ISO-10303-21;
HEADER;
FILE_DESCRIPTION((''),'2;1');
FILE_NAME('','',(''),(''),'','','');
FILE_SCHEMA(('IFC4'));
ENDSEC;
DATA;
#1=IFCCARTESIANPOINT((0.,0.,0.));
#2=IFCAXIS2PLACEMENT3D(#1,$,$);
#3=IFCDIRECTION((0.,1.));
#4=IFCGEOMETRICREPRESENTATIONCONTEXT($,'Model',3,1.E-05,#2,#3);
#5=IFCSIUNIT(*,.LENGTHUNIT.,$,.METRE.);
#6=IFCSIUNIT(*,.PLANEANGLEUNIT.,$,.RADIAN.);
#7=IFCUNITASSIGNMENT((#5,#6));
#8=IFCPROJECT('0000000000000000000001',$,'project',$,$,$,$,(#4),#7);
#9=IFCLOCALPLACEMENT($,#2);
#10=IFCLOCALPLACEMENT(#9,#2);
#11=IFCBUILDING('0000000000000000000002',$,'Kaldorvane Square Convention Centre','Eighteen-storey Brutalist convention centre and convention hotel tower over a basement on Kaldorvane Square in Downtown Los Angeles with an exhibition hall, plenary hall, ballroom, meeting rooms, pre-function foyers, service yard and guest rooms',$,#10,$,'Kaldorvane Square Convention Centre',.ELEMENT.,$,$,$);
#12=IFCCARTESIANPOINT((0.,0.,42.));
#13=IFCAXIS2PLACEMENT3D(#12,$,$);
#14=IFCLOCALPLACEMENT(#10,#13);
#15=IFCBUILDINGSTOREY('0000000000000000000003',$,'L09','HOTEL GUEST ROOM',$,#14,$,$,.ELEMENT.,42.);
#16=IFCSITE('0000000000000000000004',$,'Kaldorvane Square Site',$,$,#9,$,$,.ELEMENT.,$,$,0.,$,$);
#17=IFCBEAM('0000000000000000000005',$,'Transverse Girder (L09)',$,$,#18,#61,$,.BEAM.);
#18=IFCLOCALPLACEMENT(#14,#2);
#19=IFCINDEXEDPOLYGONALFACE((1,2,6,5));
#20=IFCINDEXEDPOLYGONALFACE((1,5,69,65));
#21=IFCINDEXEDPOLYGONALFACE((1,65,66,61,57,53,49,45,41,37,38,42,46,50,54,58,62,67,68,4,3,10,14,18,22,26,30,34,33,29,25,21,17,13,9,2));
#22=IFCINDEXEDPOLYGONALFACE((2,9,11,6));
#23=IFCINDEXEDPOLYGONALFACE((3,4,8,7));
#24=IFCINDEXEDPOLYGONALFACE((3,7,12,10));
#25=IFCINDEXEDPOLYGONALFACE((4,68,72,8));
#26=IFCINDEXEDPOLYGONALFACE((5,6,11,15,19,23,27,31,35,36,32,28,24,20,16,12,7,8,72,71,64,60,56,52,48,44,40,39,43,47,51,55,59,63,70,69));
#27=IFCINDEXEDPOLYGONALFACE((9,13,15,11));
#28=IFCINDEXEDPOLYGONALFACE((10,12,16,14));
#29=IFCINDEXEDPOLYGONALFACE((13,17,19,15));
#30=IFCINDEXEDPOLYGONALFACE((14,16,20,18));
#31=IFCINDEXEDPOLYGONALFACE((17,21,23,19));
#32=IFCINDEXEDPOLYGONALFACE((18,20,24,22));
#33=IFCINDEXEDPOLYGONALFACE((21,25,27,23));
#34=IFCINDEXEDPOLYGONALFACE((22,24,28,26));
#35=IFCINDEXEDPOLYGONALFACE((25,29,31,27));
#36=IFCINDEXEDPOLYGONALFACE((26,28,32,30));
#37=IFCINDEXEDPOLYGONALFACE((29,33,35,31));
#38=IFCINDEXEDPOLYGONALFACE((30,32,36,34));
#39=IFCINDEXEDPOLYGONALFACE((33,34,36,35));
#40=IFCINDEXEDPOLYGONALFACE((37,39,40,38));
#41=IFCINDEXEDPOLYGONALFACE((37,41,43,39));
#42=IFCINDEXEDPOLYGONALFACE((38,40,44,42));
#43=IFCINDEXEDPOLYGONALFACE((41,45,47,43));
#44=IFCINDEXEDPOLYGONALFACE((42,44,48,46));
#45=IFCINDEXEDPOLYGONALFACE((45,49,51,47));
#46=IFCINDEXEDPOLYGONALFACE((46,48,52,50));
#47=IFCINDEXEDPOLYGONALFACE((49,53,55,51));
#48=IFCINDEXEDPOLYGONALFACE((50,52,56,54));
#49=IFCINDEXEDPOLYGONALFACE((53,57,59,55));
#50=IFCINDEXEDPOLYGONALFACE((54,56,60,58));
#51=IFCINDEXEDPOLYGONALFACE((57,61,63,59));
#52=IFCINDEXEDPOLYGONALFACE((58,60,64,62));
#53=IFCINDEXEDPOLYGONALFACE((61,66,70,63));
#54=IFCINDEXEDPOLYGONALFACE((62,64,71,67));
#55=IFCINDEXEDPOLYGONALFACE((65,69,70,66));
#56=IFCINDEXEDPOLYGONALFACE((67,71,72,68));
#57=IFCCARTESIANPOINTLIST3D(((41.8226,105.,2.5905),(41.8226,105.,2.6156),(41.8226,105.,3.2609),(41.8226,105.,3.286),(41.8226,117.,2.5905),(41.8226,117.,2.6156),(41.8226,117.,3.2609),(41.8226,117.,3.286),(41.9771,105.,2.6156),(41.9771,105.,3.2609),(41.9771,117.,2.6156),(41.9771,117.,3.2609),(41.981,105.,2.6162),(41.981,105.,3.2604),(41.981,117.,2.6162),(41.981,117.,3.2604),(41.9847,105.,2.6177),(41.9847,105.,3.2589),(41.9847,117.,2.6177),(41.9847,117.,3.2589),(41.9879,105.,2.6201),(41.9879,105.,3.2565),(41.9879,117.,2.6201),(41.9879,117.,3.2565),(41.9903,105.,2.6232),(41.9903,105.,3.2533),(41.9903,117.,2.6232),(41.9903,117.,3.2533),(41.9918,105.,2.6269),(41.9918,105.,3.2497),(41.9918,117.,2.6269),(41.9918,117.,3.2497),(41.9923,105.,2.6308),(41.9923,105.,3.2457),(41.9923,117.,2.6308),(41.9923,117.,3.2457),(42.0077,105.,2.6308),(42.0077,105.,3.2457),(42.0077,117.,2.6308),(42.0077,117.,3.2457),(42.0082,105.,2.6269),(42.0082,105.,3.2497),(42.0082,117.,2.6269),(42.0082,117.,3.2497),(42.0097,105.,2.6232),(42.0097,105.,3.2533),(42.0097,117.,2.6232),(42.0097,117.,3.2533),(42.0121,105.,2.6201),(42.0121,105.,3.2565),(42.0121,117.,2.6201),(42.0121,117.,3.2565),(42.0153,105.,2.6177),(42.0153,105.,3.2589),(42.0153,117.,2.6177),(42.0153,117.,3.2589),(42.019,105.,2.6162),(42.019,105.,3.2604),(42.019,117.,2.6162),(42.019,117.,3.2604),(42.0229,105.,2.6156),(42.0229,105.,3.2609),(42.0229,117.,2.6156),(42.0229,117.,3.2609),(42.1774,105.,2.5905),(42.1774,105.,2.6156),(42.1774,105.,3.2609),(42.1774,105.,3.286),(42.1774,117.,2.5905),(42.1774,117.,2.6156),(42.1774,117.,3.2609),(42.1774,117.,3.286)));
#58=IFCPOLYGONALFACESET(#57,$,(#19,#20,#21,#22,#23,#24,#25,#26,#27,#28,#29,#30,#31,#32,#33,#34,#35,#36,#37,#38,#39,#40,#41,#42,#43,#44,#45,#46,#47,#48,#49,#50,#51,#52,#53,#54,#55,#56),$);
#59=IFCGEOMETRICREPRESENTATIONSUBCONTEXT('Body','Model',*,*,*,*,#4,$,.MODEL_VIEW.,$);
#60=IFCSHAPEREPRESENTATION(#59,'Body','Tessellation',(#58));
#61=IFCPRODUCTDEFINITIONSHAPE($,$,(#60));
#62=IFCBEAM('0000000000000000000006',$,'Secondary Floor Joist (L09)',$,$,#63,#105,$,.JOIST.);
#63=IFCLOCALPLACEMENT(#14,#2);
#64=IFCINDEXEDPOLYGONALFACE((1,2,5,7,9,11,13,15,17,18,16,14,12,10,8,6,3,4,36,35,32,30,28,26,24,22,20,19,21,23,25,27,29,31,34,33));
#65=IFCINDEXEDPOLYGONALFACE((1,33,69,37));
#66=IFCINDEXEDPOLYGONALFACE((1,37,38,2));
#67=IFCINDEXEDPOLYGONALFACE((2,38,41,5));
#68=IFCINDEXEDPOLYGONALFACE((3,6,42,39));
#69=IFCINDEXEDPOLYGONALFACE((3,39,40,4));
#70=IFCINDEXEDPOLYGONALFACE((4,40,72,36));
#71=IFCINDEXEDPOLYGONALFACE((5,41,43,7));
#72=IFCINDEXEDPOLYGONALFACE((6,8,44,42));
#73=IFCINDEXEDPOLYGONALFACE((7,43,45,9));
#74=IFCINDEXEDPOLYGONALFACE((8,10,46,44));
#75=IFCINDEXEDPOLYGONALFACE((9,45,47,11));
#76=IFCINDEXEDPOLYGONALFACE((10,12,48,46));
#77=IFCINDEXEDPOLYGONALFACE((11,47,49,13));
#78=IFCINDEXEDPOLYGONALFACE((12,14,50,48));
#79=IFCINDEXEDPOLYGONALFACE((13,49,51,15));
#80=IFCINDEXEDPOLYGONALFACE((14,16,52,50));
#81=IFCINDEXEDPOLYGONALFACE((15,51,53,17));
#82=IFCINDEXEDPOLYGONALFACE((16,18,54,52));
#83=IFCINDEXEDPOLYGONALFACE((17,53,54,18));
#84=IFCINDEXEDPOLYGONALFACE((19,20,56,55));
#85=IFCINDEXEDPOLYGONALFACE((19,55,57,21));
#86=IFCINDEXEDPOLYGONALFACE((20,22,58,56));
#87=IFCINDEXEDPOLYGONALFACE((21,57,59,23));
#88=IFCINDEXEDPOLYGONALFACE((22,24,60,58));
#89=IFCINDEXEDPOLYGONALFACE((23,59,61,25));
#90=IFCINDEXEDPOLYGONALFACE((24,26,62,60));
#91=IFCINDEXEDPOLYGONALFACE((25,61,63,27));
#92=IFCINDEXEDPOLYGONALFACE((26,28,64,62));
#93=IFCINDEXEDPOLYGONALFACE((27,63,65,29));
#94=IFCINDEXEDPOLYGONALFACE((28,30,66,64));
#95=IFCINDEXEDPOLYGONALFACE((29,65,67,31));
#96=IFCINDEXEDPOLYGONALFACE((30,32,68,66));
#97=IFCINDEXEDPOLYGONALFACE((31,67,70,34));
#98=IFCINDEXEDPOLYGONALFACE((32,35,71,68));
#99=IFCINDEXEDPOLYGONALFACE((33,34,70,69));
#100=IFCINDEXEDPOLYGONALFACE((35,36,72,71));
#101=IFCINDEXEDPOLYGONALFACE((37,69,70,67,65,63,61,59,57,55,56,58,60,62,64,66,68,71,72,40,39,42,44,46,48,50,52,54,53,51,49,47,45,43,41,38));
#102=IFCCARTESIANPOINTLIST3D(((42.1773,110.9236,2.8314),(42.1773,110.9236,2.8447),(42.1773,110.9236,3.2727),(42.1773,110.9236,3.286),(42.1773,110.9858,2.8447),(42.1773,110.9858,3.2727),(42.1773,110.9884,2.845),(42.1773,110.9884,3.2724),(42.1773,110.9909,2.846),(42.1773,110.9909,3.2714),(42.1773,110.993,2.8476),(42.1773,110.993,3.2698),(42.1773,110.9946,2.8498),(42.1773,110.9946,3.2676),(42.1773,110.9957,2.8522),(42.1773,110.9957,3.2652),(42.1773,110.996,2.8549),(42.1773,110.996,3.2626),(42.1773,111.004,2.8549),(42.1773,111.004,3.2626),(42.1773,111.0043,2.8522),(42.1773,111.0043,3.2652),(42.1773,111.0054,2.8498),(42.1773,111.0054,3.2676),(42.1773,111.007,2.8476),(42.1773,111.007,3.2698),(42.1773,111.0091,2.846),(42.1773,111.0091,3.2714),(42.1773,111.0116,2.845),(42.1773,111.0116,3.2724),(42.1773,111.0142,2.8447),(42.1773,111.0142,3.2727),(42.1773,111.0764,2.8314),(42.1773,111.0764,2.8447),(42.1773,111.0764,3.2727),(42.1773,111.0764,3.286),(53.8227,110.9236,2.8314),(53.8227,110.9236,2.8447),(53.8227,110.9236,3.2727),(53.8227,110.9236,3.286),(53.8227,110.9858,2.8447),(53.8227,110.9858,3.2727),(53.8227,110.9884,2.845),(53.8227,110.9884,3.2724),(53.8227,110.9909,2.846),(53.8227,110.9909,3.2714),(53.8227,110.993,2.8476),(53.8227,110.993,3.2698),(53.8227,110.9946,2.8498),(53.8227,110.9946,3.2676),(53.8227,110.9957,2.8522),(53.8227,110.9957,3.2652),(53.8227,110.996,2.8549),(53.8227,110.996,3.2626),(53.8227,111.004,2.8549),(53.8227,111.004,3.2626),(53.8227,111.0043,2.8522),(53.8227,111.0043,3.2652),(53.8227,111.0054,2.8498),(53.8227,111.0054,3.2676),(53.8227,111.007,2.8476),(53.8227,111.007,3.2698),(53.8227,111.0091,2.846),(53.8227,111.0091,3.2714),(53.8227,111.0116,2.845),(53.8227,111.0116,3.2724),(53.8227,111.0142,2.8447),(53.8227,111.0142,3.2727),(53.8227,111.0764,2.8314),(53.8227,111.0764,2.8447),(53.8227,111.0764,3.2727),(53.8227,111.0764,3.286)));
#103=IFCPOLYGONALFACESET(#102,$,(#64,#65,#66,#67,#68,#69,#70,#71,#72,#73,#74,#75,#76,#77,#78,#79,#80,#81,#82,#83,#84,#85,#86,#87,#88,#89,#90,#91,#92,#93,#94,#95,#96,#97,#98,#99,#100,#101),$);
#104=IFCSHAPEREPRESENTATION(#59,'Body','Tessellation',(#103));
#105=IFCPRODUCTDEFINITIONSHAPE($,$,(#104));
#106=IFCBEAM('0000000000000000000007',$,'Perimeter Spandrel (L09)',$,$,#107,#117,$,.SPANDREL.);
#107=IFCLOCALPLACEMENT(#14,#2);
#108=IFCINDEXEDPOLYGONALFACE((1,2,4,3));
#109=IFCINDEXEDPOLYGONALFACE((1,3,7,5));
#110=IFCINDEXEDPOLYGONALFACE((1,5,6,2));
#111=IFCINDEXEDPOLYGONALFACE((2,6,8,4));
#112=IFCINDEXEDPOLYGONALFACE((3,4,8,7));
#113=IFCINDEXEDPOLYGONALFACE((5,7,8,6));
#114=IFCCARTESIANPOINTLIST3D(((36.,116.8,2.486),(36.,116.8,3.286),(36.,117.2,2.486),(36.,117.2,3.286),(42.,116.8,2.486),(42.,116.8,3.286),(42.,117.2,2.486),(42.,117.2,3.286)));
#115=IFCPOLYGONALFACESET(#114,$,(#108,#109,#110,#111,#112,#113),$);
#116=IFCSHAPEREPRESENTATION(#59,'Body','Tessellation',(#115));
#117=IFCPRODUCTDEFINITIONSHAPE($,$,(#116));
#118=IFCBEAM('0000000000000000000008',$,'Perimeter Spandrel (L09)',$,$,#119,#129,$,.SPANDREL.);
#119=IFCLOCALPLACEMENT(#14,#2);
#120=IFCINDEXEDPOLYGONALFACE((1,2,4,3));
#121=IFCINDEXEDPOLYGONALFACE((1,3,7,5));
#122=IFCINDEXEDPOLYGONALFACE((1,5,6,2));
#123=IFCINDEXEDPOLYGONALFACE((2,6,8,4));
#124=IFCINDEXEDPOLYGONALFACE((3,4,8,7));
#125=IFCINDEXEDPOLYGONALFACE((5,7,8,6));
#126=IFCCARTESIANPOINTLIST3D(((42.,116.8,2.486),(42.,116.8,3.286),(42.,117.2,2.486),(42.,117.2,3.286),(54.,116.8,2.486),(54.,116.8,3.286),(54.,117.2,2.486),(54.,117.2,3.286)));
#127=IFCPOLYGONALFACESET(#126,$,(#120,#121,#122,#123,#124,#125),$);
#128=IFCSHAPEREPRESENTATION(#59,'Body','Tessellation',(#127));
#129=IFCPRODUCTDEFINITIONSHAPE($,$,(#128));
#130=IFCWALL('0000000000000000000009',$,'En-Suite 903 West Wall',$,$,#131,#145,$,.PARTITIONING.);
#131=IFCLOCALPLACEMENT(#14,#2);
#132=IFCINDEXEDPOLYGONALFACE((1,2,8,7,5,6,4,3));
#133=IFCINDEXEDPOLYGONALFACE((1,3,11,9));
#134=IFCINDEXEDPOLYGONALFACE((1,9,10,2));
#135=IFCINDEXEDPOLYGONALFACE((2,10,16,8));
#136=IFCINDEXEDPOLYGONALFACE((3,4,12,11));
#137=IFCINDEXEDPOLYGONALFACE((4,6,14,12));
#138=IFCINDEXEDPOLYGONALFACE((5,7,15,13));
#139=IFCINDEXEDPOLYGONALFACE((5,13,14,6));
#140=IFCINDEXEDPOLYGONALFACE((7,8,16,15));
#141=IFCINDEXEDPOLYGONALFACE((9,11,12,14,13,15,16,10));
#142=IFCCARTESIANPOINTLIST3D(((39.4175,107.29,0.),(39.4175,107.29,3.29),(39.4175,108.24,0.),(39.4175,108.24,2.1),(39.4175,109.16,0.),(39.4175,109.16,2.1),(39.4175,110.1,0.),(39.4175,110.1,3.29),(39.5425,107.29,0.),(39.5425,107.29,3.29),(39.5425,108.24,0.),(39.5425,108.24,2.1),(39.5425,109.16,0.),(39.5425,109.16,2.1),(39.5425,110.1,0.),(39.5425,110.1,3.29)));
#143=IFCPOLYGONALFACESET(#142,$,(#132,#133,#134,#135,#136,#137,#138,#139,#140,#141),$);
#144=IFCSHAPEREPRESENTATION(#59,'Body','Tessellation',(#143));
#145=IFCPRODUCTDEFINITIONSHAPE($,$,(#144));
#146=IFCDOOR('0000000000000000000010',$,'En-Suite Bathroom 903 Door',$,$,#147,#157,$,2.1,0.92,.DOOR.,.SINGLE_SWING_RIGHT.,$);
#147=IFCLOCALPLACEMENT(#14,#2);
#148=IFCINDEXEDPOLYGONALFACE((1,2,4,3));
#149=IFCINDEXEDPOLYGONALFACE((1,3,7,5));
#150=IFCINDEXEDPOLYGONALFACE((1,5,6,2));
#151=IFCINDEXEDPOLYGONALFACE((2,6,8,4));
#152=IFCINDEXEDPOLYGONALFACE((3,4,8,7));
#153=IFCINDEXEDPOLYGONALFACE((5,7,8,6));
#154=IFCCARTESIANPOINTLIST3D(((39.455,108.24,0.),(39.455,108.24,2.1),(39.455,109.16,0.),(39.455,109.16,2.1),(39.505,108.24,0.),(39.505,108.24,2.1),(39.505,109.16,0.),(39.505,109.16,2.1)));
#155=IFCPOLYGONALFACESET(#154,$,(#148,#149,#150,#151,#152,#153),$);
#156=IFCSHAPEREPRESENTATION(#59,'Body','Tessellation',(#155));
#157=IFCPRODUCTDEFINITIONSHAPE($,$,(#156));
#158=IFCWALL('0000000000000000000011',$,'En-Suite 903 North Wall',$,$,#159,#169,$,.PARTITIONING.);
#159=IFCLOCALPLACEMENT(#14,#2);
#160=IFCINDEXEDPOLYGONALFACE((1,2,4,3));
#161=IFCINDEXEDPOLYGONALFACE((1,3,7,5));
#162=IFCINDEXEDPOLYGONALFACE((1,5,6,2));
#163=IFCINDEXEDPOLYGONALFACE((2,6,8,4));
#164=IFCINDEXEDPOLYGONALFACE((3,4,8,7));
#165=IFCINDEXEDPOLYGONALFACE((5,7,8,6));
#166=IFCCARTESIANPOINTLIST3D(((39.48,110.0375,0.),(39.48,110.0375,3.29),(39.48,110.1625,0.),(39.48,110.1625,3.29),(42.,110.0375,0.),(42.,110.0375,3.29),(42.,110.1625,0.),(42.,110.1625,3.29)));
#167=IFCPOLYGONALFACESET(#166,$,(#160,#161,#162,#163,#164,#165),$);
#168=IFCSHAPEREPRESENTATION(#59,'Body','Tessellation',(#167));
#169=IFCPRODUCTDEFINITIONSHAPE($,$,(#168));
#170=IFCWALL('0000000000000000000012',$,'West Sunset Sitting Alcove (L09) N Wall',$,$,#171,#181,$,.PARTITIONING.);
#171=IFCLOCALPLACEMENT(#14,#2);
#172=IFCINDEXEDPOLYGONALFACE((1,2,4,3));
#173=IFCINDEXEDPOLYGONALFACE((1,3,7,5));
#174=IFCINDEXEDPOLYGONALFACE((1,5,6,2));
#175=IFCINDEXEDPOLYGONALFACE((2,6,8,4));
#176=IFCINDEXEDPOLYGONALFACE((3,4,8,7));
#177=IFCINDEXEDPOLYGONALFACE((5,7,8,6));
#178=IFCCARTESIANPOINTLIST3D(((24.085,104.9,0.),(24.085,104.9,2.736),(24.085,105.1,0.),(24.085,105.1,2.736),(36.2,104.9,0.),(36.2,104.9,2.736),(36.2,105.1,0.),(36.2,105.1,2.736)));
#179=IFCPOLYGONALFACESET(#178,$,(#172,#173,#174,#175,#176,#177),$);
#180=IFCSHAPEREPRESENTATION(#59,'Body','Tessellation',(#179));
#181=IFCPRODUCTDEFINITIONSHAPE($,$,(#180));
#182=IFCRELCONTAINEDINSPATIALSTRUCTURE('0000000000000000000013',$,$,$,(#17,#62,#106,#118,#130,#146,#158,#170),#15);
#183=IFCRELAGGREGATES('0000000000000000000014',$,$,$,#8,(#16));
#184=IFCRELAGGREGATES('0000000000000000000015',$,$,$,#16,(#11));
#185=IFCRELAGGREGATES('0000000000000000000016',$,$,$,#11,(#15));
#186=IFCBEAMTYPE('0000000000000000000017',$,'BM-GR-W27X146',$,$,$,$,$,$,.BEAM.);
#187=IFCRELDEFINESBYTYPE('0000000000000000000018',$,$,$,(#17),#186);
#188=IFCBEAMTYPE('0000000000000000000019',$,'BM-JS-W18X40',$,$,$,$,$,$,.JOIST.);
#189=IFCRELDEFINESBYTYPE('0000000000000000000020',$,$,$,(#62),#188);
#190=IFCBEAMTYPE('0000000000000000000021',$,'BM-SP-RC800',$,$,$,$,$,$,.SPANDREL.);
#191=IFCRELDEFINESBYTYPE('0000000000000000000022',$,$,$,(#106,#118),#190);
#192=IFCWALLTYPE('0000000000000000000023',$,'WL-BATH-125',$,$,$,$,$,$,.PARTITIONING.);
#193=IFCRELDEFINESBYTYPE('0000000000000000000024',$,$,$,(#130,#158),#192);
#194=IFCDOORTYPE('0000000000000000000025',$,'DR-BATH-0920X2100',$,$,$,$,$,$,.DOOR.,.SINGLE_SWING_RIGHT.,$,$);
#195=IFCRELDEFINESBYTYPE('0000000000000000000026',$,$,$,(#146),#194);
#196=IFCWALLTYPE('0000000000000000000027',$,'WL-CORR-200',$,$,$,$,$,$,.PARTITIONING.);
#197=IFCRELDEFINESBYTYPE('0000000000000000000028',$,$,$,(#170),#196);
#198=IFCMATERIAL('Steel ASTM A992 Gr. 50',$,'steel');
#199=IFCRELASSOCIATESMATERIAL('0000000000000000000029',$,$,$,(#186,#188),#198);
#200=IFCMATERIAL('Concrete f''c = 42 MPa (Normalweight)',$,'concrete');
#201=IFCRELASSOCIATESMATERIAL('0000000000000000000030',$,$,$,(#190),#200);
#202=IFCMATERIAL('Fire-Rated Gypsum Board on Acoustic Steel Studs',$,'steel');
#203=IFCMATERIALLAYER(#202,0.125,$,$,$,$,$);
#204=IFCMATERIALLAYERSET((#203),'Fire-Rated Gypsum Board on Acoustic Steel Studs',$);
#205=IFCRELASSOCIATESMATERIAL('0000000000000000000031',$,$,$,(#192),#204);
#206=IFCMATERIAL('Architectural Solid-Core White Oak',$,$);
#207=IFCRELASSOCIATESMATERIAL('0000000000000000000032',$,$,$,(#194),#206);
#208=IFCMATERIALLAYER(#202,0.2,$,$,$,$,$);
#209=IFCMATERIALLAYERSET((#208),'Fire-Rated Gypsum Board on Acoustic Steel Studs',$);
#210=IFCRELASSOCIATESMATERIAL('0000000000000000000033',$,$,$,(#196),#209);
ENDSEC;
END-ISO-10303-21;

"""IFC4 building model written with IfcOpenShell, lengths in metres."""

from ifc_helpers import new_model, si_unit, direction, frame, frame_2d, origin, origin_2d, place, context, subcontext, project, spatial, rectangle, i_section, extrude, material, layer, layer_set, material_profile, profile_set, type_object, element, fill, save


model = new_model("IFC4")

# Units and contexts
model_context = context("Model", 3, precision=1e-05, world=origin(), true_north=direction((0.0, 1.0)))
body_context = subcontext(model_context, "Body", "Model", "MODEL_VIEW")
ifc_project = project(units=[si_unit("LENGTHUNIT", "METRE"), si_unit("PLANEANGLEUNIT", "RADIAN")], contexts=[model_context])

# Site, building, storey
site_placement = place(None, origin())
site = spatial("IfcSite", under=ifc_project, at=site_placement, Name="Kaldorvane Square Site", CompositionType="ELEMENT", RefElevation=0.0)
building_placement = place(site_placement, origin())
building = spatial("IfcBuilding", under=site, at=building_placement, Name="Kaldorvane Square Convention Centre", Description="Eighteen-storey Brutalist convention centre and convention hotel tower over a basement on Kaldorvane Square in Downtown Los Angeles with an exhibition hall, plenary hall, ballroom, meeting rooms, pre-function foyers, service yard and guest rooms", LongName="Kaldorvane Square Convention Centre", CompositionType="ELEMENT")
storey_placement = place(building_placement, frame((0.0, 0.0, 42.0)))
storey = spatial("IfcBuildingStorey", under=building, at=storey_placement, Name="L09", Description="HOTEL GUEST ROOM", CompositionType="ELEMENT", Elevation=42.0)

# Shared definitions
ifc_material_1 = material(Name="Concrete f'c = 42 MPa (Normalweight)", Category="concrete")
ifc_material_2 = material(Name="Steel ASTM A992 Gr. 50", Category="steel")

# Beams
ifc_material_profile_1 = material_profile(ifc_material_2, i_section(OverallWidth=0.3547, OverallDepth=0.6955, WebThickness=0.0154, FlangeThickness=0.0251, FilletRadius=0.0152, at=origin_2d()), Name="W27X146")
ifc_profile_set_1 = profile_set([ifc_material_profile_1], Name="Steel ASTM A992 Gr. 50")
beam_type_1 = type_object("IfcBeamType", Name="BM-GR-W27X146", PredefinedType="BEAM", material=ifc_profile_set_1)
for number, where, z_axis, x_axis, name in (
    (1, (42.0, 105.0, 2.9383), (0.0, 1.0, 0.0), (-1.0, 0.0, 0.0), "Transverse Girder (L09)"),
):
    element("IfcBeam", number, at=place(storey_placement, frame(where, z_axis=z_axis, x_axis=x_axis)), inside=storey, type_object=beam_type_1, Name=name, PredefinedType="BEAM", context=body_context, shape_type="SweptSolid", body=[
        extrude(i_section(OverallWidth=0.3547, OverallDepth=0.6955, WebThickness=0.0154, FlangeThickness=0.0251, FilletRadius=0.0152, at=origin_2d()), origin(), (0.0, 0.0, 1.0), 12.0),
    ])
ifc_material_profile_2 = material_profile(ifc_material_2, i_section(OverallWidth=0.1528, OverallDepth=0.4547, WebThickness=0.008, FlangeThickness=0.0133, FilletRadius=0.0102, at=origin_2d()), Name="W18X40")
ifc_profile_set_2 = profile_set([ifc_material_profile_2], Name="Steel ASTM A992 Gr. 50")
beam_type_2 = type_object("IfcBeamType", Name="BM-JS-W18X40", PredefinedType="JOIST", material=ifc_profile_set_2)
beam_1_placement = place(storey_placement, frame((42.1773, 111.0, 3.0587), z_axis=(1.0, 0.0, 0.0), x_axis=(0.0, 1.0, 0.0)))
element("IfcBeam", 2, at=beam_1_placement, inside=storey, type_object=beam_type_2, Name="Secondary Floor Joist (L09)", PredefinedType="JOIST", context=body_context, shape_type="SweptSolid", body=[
    extrude(i_section(OverallWidth=0.1528, OverallDepth=0.4547, WebThickness=0.008, FlangeThickness=0.0133, FilletRadius=0.0102, at=origin_2d()), origin(), (0.0, 0.0, 1.0), 11.6454),
])
ifc_material_profile_3 = material_profile(ifc_material_1, rectangle(XDim=0.4, YDim=0.8, at=origin_2d()), Name="RCSP800X400")
ifc_profile_set_3 = profile_set([ifc_material_profile_3], Name="Concrete f'c = 42 MPa (Normalweight)")
beam_type_3 = type_object("IfcBeamType", Name="BM-SP-RC800", PredefinedType="SPANDREL", material=ifc_profile_set_3)
beam_2_placement = place(storey_placement, frame((36.0, 117.0, 2.886), z_axis=(1.0, 0.0, 0.0), x_axis=(0.0, 1.0, 0.0)))
element("IfcBeam", 3, at=beam_2_placement, inside=storey, type_object=beam_type_3, Name="Perimeter Spandrel (L09)", PredefinedType="SPANDREL", context=body_context, shape_type="SweptSolid", body=[
    extrude(rectangle(XDim=0.4, YDim=0.8, at=origin_2d()), origin(), (0.0, 0.0, 1.0), 6.0),
])
beam_3_placement = place(storey_placement, frame((42.0, 117.0, 2.886), z_axis=(1.0, 0.0, 0.0), x_axis=(0.0, 1.0, 0.0)))
element("IfcBeam", 4, at=beam_3_placement, inside=storey, type_object=beam_type_3, Name="Perimeter Spandrel (L09)", PredefinedType="SPANDREL", context=body_context, shape_type="SweptSolid", body=[
    extrude(rectangle(XDim=0.4, YDim=0.8, at=origin_2d()), origin(), (0.0, 0.0, 1.0), 12.0),
])

# Wall, opening, door
ifc_material_3 = material(Name="Fire-Rated Gypsum Board on Acoustic Steel Studs", Category="steel")
ifc_layer_1 = layer(ifc_material_3, 0.125)
ifc_layer_set_1 = layer_set([ifc_layer_1], Name="Fire-Rated Gypsum Board on Acoustic Steel Studs")
wall_type_1 = type_object("IfcWallType", Name="WL-BATH-125", PredefinedType="PARTITIONING", material=ifc_layer_set_1)
wall_1_placement = place(storey_placement, frame((39.48, 107.29, 0.0), z_axis=(0.0, 0.0, 1.0), x_axis=(0.0, 1.0, 0.0)))
wall_1 = element("IfcWall", 5, at=wall_1_placement, inside=storey, type_object=wall_type_1, Name="En-Suite 903 West Wall", PredefinedType="PARTITIONING", context=body_context, shape_type="SweptSolid", body=[
    extrude(rectangle(XDim=2.81, YDim=0.125, at=frame_2d((1.405, 0.0))), origin(), (0.0, 0.0, 1.0), 3.29),
])
opening_1_placement = place(wall_1_placement, frame((0.95, 0.0, 0.0)))
opening_1 = element("IfcOpeningElement", 6, at=opening_1_placement, cuts=wall_1, PredefinedType="OPENING", context=body_context, shape_type="SweptSolid", body=[
    extrude(rectangle(XDim=0.92, YDim=2.1, at=frame_2d((0.46, 1.05))), frame((0.0, 0.0775, 0.0), z_axis=(0.0, -1.0, 0.0), x_axis=(1.0, 0.0, 0.0)), (0.0, 0.0, 1.0), 0.155),
])
ifc_material_4 = material(Name="Architectural Solid-Core White Oak")
door_type_1 = type_object("IfcDoorType", Name="DR-BATH-0920X2100", OperationType="SINGLE_SWING_RIGHT", PredefinedType="DOOR", material=ifc_material_4)
door_1_placement = place(opening_1_placement, origin())
door_1 = element("IfcDoor", 7, at=door_1_placement, inside=storey, type_object=door_type_1, Name="En-Suite Bathroom 903 Door", OperationType="SINGLE_SWING_RIGHT", OverallHeight=2.1, OverallWidth=0.92, PredefinedType="DOOR", context=body_context, shape_type="SweptSolid", body=[
    extrude(rectangle(XDim=0.92, YDim=2.1, at=frame_2d((0.46, 1.05))), frame((0.0, 0.025, 0.0), z_axis=(0.0, -1.0, 0.0), x_axis=(1.0, 0.0, 0.0)), (0.0, 0.0, 1.0), 0.05),
])
fill(opening_1, door_1)

# Walls
wall_2_placement = place(storey_placement, frame((39.48, 110.1, 0.0), z_axis=(0.0, 0.0, 1.0), x_axis=(1.0, 0.0, 0.0)))
element("IfcWall", 8, at=wall_2_placement, inside=storey, type_object=wall_type_1, Name="En-Suite 903 North Wall", PredefinedType="PARTITIONING", context=body_context, shape_type="SweptSolid", body=[
    extrude(rectangle(XDim=2.52, YDim=0.125, at=frame_2d((1.26, 0.0))), origin(), (0.0, 0.0, 1.0), 3.29),
])
ifc_layer_2 = layer(ifc_material_3, 0.2)
ifc_layer_set_2 = layer_set([ifc_layer_2], Name="Fire-Rated Gypsum Board on Acoustic Steel Studs")
wall_type_2 = type_object("IfcWallType", Name="WL-CORR-200", PredefinedType="PARTITIONING", material=ifc_layer_set_2)
wall_3_placement = place(storey_placement, frame((36.2, 105.0, 0.0), z_axis=(0.0, 0.0, 1.0), x_axis=(-1.0, 0.0, 0.0)))
element("IfcWall", 9, at=wall_3_placement, inside=storey, type_object=wall_type_2, Name="West Sunset Sitting Alcove (L09) N Wall", PredefinedType="PARTITIONING", context=body_context, shape_type="SweptSolid", body=[
    extrude(rectangle(XDim=12.115, YDim=0.2, at=frame_2d((6.0575, 0.0))), origin(), (0.0, 0.0, 1.0), 2.736),
])

save(model, "model.ifc")
